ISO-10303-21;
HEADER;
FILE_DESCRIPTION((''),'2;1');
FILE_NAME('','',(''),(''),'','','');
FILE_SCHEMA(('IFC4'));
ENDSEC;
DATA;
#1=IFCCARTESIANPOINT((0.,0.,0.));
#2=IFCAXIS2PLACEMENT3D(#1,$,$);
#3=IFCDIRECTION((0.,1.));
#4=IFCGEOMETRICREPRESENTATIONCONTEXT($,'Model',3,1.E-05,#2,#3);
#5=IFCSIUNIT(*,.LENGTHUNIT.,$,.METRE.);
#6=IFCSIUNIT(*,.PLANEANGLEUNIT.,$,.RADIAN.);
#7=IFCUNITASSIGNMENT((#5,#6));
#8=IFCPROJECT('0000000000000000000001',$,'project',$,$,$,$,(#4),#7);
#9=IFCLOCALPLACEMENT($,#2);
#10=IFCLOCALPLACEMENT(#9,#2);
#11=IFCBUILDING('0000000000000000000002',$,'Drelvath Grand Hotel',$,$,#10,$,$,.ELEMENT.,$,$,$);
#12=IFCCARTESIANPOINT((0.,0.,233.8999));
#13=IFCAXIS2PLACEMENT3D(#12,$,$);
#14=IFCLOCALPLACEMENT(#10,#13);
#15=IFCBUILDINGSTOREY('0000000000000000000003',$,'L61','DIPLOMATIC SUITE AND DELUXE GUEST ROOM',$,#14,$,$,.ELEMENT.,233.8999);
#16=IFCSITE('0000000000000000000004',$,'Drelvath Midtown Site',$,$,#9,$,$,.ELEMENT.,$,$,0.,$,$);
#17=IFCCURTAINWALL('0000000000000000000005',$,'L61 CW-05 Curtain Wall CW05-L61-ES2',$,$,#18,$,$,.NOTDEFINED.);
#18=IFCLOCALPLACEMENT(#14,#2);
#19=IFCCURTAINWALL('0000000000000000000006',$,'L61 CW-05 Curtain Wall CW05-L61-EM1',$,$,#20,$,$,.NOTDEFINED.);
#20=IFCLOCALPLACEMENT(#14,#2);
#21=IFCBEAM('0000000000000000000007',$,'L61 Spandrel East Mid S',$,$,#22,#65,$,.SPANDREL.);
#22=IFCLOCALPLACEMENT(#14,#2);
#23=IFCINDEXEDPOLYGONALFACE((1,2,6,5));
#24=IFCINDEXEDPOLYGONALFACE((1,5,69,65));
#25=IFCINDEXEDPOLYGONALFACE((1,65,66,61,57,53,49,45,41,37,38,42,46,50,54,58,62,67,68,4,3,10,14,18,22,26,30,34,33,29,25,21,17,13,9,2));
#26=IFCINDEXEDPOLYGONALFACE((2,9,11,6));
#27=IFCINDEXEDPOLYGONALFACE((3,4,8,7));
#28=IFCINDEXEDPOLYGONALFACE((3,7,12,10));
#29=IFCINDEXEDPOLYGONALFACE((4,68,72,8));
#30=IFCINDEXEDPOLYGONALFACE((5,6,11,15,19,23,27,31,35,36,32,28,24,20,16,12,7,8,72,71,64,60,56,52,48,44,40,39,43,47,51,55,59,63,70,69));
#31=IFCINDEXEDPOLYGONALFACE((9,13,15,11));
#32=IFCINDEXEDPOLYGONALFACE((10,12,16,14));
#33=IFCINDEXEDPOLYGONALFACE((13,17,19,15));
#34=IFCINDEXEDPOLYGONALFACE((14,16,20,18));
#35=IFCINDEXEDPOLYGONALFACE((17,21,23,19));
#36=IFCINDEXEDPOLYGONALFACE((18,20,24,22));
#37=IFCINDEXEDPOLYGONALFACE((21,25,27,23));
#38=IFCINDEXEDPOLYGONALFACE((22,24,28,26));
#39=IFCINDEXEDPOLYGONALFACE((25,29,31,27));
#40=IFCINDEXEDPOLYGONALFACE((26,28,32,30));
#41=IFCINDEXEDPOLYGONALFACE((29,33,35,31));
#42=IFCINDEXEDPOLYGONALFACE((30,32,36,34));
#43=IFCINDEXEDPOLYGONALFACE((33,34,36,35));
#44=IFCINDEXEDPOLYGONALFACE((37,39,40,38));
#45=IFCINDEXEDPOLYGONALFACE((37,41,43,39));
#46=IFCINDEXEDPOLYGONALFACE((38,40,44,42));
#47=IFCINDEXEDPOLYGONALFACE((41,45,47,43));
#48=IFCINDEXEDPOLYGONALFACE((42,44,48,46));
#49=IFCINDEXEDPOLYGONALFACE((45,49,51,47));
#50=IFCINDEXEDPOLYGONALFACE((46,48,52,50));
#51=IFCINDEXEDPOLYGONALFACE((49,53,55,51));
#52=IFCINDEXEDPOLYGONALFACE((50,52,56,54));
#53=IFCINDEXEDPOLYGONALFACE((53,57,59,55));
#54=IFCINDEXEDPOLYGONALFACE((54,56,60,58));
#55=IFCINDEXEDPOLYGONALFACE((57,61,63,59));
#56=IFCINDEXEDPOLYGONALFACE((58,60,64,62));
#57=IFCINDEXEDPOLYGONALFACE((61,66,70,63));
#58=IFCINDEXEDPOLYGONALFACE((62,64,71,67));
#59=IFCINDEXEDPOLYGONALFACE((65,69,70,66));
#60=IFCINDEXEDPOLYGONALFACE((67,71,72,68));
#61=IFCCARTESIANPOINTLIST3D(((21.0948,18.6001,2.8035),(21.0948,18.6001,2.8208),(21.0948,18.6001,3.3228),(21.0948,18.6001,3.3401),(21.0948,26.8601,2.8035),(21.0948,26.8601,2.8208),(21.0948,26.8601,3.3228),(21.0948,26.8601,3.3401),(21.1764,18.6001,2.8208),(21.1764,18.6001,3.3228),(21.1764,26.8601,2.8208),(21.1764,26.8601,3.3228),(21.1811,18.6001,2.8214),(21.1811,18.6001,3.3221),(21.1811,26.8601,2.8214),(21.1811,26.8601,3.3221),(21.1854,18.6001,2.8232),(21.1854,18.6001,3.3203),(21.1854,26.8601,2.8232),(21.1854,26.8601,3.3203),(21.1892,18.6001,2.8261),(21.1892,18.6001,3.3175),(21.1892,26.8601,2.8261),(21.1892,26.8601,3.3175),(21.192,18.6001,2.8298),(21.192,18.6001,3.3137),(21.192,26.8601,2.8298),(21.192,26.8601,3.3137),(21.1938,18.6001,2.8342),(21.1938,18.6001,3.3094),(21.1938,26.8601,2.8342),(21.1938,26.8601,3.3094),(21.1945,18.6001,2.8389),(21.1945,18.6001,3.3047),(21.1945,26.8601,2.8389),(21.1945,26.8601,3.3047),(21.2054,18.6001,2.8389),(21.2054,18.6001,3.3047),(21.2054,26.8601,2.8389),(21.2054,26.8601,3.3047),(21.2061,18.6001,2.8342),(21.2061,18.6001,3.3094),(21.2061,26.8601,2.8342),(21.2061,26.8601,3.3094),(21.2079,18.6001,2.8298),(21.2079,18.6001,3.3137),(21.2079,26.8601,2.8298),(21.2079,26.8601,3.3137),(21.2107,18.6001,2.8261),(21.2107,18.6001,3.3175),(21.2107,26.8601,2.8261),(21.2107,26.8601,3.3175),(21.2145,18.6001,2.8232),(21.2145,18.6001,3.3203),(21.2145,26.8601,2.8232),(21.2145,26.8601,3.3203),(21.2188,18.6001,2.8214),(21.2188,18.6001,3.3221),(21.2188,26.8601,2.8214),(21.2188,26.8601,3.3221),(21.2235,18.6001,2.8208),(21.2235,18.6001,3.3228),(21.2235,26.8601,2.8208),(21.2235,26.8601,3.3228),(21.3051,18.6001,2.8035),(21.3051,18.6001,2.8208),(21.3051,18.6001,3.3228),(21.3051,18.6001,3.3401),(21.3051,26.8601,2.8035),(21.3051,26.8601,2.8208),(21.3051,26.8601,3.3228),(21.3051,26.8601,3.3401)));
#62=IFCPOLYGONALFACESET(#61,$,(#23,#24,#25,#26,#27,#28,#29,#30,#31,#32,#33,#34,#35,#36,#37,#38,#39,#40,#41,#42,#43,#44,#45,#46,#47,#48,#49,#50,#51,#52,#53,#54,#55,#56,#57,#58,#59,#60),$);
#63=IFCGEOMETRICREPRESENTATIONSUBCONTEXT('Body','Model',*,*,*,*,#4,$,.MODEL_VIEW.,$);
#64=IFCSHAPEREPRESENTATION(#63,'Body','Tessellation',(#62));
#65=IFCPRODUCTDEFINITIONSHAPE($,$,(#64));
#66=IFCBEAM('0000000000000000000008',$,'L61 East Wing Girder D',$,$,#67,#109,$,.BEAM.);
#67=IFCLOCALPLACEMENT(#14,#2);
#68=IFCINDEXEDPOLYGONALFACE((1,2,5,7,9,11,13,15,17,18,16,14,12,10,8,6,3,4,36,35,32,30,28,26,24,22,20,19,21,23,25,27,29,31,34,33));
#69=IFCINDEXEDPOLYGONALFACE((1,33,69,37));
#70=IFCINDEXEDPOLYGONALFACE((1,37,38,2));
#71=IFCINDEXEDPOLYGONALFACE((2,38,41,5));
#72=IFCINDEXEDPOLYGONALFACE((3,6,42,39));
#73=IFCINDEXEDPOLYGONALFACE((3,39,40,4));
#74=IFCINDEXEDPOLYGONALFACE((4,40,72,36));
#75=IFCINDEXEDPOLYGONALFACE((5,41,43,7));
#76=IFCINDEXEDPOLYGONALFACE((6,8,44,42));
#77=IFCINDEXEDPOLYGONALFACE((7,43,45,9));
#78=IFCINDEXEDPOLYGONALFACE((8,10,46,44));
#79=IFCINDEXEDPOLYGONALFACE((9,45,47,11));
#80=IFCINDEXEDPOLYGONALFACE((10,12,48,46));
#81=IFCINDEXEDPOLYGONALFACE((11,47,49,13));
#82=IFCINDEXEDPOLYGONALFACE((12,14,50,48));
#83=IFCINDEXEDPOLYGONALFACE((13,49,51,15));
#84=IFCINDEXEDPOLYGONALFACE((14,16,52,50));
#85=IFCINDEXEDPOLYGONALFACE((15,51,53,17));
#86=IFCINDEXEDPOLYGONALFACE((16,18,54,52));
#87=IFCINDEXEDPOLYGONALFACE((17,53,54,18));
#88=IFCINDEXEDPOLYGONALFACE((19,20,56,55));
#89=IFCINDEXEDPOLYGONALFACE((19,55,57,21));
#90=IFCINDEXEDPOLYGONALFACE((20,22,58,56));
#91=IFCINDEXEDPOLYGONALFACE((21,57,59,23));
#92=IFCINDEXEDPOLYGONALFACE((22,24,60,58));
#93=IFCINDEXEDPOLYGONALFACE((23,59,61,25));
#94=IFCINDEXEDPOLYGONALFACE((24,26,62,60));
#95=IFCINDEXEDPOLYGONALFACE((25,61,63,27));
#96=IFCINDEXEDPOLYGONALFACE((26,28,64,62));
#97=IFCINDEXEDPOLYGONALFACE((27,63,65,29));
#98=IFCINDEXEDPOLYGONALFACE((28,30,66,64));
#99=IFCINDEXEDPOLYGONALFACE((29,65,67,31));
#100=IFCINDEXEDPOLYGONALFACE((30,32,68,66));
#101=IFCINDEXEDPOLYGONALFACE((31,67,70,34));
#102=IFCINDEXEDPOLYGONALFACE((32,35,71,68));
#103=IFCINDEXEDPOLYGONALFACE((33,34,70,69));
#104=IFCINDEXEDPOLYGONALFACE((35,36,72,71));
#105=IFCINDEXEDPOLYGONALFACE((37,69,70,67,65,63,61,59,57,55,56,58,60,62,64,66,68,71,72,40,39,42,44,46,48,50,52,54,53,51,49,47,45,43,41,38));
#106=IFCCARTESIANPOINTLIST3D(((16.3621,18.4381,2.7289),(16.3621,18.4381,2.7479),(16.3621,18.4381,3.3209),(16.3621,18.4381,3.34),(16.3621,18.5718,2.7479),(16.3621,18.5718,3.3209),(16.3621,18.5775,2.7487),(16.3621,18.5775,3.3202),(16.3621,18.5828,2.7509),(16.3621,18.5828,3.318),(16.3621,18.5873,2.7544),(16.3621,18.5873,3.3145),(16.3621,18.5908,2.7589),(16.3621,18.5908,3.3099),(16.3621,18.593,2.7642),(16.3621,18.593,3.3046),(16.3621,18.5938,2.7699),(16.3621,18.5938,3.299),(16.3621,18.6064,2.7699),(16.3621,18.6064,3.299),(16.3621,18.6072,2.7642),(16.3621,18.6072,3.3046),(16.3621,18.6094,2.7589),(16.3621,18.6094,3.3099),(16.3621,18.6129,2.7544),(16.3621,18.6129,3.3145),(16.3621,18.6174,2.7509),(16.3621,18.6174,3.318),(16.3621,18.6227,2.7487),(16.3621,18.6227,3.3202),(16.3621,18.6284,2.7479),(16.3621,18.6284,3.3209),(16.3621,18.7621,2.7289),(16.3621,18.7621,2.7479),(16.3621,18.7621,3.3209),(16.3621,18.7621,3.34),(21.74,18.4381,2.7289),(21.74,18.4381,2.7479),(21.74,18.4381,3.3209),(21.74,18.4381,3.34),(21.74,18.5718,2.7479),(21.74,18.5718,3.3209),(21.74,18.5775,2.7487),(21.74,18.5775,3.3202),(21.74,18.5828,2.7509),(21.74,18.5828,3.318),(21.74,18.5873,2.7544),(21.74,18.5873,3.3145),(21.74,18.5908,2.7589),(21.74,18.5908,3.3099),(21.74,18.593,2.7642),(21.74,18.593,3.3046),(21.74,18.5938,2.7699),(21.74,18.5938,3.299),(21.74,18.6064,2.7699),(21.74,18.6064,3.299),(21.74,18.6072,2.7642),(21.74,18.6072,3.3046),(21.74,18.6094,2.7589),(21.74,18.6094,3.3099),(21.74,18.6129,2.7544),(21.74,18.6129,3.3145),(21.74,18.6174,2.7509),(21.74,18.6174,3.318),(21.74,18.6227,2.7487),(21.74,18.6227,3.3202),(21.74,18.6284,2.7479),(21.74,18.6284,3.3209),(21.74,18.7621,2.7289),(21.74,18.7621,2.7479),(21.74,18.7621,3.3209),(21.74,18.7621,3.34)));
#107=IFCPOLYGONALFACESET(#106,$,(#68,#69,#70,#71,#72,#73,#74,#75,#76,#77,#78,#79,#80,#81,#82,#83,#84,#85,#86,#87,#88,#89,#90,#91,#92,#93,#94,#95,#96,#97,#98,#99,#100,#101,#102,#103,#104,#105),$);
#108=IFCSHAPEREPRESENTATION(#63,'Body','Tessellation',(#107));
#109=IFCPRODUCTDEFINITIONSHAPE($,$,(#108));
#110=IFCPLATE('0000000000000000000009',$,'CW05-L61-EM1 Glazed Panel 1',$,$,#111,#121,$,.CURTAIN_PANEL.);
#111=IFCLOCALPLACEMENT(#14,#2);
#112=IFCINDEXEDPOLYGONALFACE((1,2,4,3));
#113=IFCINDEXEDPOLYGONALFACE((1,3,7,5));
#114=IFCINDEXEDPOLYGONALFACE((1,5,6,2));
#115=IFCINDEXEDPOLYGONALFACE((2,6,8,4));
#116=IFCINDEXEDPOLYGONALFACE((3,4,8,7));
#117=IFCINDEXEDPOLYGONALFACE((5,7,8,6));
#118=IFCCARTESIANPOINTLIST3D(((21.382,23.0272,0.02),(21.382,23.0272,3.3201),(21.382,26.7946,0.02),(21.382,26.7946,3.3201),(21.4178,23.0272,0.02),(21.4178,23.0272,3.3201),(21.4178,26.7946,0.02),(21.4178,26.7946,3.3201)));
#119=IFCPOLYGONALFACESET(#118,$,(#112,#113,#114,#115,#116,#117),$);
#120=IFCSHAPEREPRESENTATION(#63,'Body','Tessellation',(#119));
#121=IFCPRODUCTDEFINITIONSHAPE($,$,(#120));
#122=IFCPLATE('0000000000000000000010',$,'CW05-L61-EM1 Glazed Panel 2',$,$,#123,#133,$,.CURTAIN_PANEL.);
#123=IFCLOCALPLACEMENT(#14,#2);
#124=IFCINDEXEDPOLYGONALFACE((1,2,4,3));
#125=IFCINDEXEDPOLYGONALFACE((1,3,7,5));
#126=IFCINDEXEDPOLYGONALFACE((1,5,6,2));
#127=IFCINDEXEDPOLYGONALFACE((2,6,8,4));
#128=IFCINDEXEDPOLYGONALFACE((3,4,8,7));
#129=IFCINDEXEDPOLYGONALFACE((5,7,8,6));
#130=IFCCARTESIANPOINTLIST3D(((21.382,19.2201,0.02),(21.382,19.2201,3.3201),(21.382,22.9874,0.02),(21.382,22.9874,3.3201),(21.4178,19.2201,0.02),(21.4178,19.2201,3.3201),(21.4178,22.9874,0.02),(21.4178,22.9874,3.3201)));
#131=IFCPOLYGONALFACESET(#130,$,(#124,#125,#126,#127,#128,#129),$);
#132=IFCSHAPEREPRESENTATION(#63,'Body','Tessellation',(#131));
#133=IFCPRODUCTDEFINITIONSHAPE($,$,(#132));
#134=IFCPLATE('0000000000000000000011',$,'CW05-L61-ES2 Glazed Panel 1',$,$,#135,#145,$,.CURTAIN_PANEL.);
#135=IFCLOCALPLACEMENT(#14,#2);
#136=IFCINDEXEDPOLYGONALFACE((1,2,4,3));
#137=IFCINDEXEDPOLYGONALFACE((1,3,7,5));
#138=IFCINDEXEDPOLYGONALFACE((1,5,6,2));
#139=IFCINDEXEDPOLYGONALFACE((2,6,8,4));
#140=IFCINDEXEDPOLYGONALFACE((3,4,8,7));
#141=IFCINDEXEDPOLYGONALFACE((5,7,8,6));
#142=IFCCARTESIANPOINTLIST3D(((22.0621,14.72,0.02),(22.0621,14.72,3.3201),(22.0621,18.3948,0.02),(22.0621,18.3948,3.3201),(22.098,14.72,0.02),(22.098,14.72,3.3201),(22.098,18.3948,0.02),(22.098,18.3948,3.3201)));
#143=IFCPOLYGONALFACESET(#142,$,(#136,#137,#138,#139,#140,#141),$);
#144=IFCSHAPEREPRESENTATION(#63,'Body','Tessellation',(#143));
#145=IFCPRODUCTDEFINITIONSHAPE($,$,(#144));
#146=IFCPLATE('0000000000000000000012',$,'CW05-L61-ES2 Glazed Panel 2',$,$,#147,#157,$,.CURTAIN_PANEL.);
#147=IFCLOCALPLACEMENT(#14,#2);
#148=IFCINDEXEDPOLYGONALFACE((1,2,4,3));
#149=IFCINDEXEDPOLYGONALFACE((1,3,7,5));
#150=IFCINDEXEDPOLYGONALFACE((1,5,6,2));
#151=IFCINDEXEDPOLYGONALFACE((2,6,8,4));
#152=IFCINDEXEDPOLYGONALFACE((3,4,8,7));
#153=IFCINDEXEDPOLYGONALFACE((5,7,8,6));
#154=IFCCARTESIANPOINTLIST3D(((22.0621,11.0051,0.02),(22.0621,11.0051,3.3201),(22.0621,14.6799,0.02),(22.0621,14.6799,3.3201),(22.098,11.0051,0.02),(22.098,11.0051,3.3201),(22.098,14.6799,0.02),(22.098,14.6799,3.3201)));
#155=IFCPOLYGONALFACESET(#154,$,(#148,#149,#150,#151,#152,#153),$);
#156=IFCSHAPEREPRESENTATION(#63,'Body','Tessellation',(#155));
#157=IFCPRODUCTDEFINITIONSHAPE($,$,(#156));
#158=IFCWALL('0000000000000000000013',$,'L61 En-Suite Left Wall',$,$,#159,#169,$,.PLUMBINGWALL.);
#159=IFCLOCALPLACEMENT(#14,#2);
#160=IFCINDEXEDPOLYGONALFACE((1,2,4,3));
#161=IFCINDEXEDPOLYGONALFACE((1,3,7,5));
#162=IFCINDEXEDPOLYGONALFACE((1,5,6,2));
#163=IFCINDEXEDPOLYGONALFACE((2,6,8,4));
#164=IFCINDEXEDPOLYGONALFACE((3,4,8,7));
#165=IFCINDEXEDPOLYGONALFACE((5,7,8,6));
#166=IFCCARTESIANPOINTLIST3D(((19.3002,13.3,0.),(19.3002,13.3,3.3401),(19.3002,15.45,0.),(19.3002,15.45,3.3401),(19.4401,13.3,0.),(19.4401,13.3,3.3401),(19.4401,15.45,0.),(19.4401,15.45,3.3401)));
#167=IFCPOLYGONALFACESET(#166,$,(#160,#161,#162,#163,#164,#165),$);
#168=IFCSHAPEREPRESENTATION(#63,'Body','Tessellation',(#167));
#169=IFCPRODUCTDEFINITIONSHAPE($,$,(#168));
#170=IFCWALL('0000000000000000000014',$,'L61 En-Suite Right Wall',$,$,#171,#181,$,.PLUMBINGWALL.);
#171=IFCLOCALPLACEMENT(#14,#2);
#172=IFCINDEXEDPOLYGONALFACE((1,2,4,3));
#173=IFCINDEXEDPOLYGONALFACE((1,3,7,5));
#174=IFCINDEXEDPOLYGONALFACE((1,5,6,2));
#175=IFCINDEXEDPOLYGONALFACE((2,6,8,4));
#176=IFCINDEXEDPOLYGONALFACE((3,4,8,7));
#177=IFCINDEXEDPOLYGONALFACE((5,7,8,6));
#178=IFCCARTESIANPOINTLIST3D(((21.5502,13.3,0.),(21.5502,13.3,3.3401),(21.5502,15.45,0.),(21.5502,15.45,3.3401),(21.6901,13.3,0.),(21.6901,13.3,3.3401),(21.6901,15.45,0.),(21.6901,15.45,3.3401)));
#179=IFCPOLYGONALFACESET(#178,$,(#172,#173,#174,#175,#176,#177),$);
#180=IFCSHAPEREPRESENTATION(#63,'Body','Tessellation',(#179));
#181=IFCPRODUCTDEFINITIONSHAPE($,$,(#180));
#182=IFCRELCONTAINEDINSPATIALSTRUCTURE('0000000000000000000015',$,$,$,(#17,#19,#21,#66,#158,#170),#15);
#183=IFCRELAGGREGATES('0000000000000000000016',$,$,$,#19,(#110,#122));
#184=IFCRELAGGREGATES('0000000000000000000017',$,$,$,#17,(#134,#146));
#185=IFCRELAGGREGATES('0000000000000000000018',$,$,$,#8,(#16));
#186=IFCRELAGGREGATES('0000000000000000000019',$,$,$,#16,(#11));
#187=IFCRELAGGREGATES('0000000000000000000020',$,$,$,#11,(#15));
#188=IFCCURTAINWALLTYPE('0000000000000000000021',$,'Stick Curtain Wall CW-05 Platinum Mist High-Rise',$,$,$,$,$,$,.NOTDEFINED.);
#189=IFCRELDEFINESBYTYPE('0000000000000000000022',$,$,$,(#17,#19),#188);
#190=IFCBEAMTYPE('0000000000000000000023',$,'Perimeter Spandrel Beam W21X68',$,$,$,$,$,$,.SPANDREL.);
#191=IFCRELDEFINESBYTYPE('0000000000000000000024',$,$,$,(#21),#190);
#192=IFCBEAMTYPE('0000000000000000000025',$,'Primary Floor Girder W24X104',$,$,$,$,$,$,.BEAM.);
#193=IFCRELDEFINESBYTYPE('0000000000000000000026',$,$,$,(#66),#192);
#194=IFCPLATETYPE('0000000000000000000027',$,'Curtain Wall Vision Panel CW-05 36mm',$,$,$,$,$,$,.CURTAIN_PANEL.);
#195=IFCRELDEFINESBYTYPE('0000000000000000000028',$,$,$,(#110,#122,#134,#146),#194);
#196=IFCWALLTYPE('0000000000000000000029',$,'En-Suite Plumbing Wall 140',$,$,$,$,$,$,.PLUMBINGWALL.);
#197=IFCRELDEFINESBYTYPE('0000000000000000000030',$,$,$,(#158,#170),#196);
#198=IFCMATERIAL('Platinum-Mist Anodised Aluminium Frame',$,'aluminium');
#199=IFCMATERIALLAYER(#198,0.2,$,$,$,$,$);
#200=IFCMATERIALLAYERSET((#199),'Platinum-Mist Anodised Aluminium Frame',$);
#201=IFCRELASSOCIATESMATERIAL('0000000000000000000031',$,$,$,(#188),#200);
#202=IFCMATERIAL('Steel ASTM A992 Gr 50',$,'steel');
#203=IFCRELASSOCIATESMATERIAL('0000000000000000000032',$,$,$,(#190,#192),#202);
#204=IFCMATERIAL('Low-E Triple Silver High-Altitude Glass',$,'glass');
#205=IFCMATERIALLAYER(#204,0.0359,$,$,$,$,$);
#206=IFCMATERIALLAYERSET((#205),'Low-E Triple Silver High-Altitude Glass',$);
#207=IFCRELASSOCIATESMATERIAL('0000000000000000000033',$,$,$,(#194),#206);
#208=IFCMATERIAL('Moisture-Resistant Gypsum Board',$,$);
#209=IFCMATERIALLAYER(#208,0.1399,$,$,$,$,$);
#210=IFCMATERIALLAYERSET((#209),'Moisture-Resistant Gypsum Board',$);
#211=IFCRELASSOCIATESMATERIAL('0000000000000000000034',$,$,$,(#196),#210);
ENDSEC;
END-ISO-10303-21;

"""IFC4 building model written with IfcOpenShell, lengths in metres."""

from ifc_helpers import new_model, si_unit, direction, frame, frame_2d, origin, origin_2d, place, context, subcontext, project, spatial, rectangle, i_section, extrude, material, layer, layer_set, material_profile, profile_set, type_object, element, aggregate, save


model = new_model("IFC4")

# Units and contexts
model_context = context("Model", 3, precision=1e-05, world=origin(), true_north=direction((0.0, 1.0)))
body_context = subcontext(model_context, "Body", "Model", "MODEL_VIEW")
ifc_project = project(units=[si_unit("LENGTHUNIT", "METRE"), si_unit("PLANEANGLEUNIT", "RADIAN")], contexts=[model_context])

# Site, building, storey
site_placement = place(None, origin())
site = spatial("IfcSite", under=ifc_project, at=site_placement, Name="Drelvath Midtown Site", CompositionType="ELEMENT", RefElevation=0.0)
building_placement = place(site_placement, origin())
building = spatial("IfcBuilding", under=site, at=building_placement, Name="Drelvath Grand Hotel", CompositionType="ELEMENT")
storey_placement = place(building_placement, frame((0.0, 0.0, 233.8999)))
storey = spatial("IfcBuildingStorey", under=building, at=storey_placement, Name="L61", Description="DIPLOMATIC SUITE AND DELUXE GUEST ROOM", CompositionType="ELEMENT", Elevation=233.8999)

# Curtain wall
ifc_material_1 = material(Name="Platinum-Mist Anodised Aluminium Frame", Category="aluminium")
ifc_layer_1 = layer(ifc_material_1, 0.2)
ifc_layer_set_1 = layer_set([ifc_layer_1], Name="Platinum-Mist Anodised Aluminium Frame")
curtain_wall_type = type_object("IfcCurtainWallType", Name="Stick Curtain Wall CW-05 Platinum Mist High-Rise", PredefinedType="NOTDEFINED", material=ifc_layer_set_1)
curtain_wall_1_placement = place(storey_placement, origin())
curtain_wall_1 = element("IfcCurtainWall", 1, at=curtain_wall_1_placement, inside=storey, type_object=curtain_wall_type, Name="L61 CW-05 Curtain Wall CW05-L61-ES2", PredefinedType="NOTDEFINED")

# Curtain wall
curtain_wall_2_placement = place(storey_placement, origin())
curtain_wall_2 = element("IfcCurtainWall", 2, at=curtain_wall_2_placement, inside=storey, type_object=curtain_wall_type, Name="L61 CW-05 Curtain Wall CW05-L61-EM1", PredefinedType="NOTDEFINED")

# Beams
ifc_material_2 = material(Name="Steel ASTM A992 Gr 50", Category="steel")
ifc_material_profile_1 = material_profile(ifc_material_2, i_section(OverallWidth=0.2102, OverallDepth=0.5366, WebThickness=0.011, FlangeThickness=0.0173, FilletRadius=0.0181, at=origin_2d()), Name="W21X68")
ifc_profile_set_1 = profile_set([ifc_material_profile_1], Name="Steel ASTM A992 Gr 50")
beam_type_1 = type_object("IfcBeamType", Name="Perimeter Spandrel Beam W21X68", PredefinedType="SPANDREL", material=ifc_profile_set_1)
beam_1_placement = place(storey_placement, frame((21.2, 18.6001, 3.0718), z_axis=(0.0, 1.0, 0.0), x_axis=(-1.0, 0.0, 0.0)))
element("IfcBeam", 3, at=beam_1_placement, inside=storey, type_object=beam_type_1, Name="L61 Spandrel East Mid S", PredefinedType="SPANDREL", context=body_context, shape_type="SweptSolid", body=[
    extrude(i_section(OverallWidth=0.2102, OverallDepth=0.5366, WebThickness=0.011, FlangeThickness=0.0173, FilletRadius=0.0181, at=origin_2d()), origin(), (0.0, 0.0, 1.0), 8.26),
])
ifc_material_profile_2 = material_profile(ifc_material_2, i_section(OverallWidth=0.324, OverallDepth=0.6111, WebThickness=0.0127, FlangeThickness=0.019, FilletRadius=0.022, at=origin_2d()), Name="W24X104")
ifc_profile_set_2 = profile_set([ifc_material_profile_2], Name="Steel ASTM A992 Gr 50")
beam_type_2 = type_object("IfcBeamType", Name="Primary Floor Girder W24X104", PredefinedType="BEAM", material=ifc_profile_set_2)
beam_2_placement = place(storey_placement, frame((16.3621, 18.6001, 3.0344), z_axis=(1.0, 0.0, 0.0), x_axis=(0.0, 1.0, 0.0)))
element("IfcBeam", 4, at=beam_2_placement, inside=storey, type_object=beam_type_2, Name="L61 East Wing Girder D", PredefinedType="BEAM", context=body_context, shape_type="SweptSolid", body=[
    extrude(i_section(OverallWidth=0.324, OverallDepth=0.6111, WebThickness=0.0127, FlangeThickness=0.019, FilletRadius=0.022, at=origin_2d()), origin(), (0.0, 0.0, 1.0), 5.3779),
])

# Plates
ifc_material_3 = material(Name="Low-E Triple Silver High-Altitude Glass", Category="glass")
ifc_layer_2 = layer(ifc_material_3, 0.0359)
ifc_layer_set_2 = layer_set([ifc_layer_2], Name="Low-E Triple Silver High-Altitude Glass")
plate_type = type_object("IfcPlateType", Name="Curtain Wall Vision Panel CW-05 36mm", PredefinedType="CURTAIN_PANEL", material=ifc_layer_set_2)
plate_1_placement = place(storey_placement, frame((21.3999, 24.9109, 0.02), z_axis=(0.0, 0.0, 1.0), x_axis=(0.0, -1.0, 0.0)))
plate_1 = element("IfcPlate", 5, at=plate_1_placement, type_object=plate_type, Name="CW05-L61-EM1 Glazed Panel 1", PredefinedType="CURTAIN_PANEL", context=body_context, shape_type="SweptSolid", body=[
    extrude(rectangle(XDim=3.7673, YDim=0.0359, at=origin_2d()), origin(), (0.0, 0.0, 1.0), 3.3),
])
plate_2_placement = place(storey_placement, frame((21.3999, 21.1038, 0.02), z_axis=(0.0, 0.0, 1.0), x_axis=(0.0, -1.0, 0.0)))
plate_2 = element("IfcPlate", 6, at=plate_2_placement, type_object=plate_type, Name="CW05-L61-EM1 Glazed Panel 2", PredefinedType="CURTAIN_PANEL", context=body_context, shape_type="SweptSolid", body=[
    extrude(rectangle(XDim=3.7673, YDim=0.0359, at=origin_2d()), origin(), (0.0, 0.0, 1.0), 3.3),
])
aggregate(curtain_wall_2, [plate_1, plate_2])
plate_3_placement = place(storey_placement, frame((22.0801, 16.5574, 0.02), z_axis=(0.0, 0.0, 1.0), x_axis=(0.0, -1.0, 0.0)))
plate_3 = element("IfcPlate", 7, at=plate_3_placement, type_object=plate_type, Name="CW05-L61-ES2 Glazed Panel 1", PredefinedType="CURTAIN_PANEL", context=body_context, shape_type="SweptSolid", body=[
    extrude(rectangle(XDim=3.6748, YDim=0.0359, at=origin_2d()), origin(), (0.0, 0.0, 1.0), 3.3),
])
plate_4_placement = place(storey_placement, frame((22.0801, 12.8425, 0.02), z_axis=(0.0, 0.0, 1.0), x_axis=(0.0, -1.0, 0.0)))
plate_4 = element("IfcPlate", 8, at=plate_4_placement, type_object=plate_type, Name="CW05-L61-ES2 Glazed Panel 2", PredefinedType="CURTAIN_PANEL", context=body_context, shape_type="SweptSolid", body=[
    extrude(rectangle(XDim=3.6748, YDim=0.0359, at=origin_2d()), origin(), (0.0, 0.0, 1.0), 3.3),
])
aggregate(curtain_wall_1, [plate_3, plate_4])

# Walls
ifc_material_4 = material(Name="Moisture-Resistant Gypsum Board")
ifc_layer_3 = layer(ifc_material_4, 0.1399)
ifc_layer_set_3 = layer_set([ifc_layer_3], Name="Moisture-Resistant Gypsum Board")
wall_type_1 = type_object("IfcWallType", Name="En-Suite Plumbing Wall 140", PredefinedType="PLUMBINGWALL", material=ifc_layer_set_3)
for number, where, z_axis, x_axis, name in (
    (9, (19.3701, 15.45, 0.0), (0.0, 0.0, 1.0), (0.0, -1.0, 0.0), "L61 En-Suite Left Wall"),
    (10, (21.6201, 15.45, 0.0), (0.0, 0.0, 1.0), (0.0, -1.0, 0.0), "L61 En-Suite Right Wall"),
):
    element("IfcWall", number, at=place(storey_placement, frame(where, z_axis=z_axis, x_axis=x_axis)), inside=storey, type_object=wall_type_1, Name=name, PredefinedType="PLUMBINGWALL", context=body_context, shape_type="SweptSolid", body=[
        extrude(rectangle(XDim=2.1499, YDim=0.1399, at=frame_2d((1.075, 0.0))), origin(), (0.0, 0.0, 1.0), 3.3401),
    ])

save(model, "model.ifc")
